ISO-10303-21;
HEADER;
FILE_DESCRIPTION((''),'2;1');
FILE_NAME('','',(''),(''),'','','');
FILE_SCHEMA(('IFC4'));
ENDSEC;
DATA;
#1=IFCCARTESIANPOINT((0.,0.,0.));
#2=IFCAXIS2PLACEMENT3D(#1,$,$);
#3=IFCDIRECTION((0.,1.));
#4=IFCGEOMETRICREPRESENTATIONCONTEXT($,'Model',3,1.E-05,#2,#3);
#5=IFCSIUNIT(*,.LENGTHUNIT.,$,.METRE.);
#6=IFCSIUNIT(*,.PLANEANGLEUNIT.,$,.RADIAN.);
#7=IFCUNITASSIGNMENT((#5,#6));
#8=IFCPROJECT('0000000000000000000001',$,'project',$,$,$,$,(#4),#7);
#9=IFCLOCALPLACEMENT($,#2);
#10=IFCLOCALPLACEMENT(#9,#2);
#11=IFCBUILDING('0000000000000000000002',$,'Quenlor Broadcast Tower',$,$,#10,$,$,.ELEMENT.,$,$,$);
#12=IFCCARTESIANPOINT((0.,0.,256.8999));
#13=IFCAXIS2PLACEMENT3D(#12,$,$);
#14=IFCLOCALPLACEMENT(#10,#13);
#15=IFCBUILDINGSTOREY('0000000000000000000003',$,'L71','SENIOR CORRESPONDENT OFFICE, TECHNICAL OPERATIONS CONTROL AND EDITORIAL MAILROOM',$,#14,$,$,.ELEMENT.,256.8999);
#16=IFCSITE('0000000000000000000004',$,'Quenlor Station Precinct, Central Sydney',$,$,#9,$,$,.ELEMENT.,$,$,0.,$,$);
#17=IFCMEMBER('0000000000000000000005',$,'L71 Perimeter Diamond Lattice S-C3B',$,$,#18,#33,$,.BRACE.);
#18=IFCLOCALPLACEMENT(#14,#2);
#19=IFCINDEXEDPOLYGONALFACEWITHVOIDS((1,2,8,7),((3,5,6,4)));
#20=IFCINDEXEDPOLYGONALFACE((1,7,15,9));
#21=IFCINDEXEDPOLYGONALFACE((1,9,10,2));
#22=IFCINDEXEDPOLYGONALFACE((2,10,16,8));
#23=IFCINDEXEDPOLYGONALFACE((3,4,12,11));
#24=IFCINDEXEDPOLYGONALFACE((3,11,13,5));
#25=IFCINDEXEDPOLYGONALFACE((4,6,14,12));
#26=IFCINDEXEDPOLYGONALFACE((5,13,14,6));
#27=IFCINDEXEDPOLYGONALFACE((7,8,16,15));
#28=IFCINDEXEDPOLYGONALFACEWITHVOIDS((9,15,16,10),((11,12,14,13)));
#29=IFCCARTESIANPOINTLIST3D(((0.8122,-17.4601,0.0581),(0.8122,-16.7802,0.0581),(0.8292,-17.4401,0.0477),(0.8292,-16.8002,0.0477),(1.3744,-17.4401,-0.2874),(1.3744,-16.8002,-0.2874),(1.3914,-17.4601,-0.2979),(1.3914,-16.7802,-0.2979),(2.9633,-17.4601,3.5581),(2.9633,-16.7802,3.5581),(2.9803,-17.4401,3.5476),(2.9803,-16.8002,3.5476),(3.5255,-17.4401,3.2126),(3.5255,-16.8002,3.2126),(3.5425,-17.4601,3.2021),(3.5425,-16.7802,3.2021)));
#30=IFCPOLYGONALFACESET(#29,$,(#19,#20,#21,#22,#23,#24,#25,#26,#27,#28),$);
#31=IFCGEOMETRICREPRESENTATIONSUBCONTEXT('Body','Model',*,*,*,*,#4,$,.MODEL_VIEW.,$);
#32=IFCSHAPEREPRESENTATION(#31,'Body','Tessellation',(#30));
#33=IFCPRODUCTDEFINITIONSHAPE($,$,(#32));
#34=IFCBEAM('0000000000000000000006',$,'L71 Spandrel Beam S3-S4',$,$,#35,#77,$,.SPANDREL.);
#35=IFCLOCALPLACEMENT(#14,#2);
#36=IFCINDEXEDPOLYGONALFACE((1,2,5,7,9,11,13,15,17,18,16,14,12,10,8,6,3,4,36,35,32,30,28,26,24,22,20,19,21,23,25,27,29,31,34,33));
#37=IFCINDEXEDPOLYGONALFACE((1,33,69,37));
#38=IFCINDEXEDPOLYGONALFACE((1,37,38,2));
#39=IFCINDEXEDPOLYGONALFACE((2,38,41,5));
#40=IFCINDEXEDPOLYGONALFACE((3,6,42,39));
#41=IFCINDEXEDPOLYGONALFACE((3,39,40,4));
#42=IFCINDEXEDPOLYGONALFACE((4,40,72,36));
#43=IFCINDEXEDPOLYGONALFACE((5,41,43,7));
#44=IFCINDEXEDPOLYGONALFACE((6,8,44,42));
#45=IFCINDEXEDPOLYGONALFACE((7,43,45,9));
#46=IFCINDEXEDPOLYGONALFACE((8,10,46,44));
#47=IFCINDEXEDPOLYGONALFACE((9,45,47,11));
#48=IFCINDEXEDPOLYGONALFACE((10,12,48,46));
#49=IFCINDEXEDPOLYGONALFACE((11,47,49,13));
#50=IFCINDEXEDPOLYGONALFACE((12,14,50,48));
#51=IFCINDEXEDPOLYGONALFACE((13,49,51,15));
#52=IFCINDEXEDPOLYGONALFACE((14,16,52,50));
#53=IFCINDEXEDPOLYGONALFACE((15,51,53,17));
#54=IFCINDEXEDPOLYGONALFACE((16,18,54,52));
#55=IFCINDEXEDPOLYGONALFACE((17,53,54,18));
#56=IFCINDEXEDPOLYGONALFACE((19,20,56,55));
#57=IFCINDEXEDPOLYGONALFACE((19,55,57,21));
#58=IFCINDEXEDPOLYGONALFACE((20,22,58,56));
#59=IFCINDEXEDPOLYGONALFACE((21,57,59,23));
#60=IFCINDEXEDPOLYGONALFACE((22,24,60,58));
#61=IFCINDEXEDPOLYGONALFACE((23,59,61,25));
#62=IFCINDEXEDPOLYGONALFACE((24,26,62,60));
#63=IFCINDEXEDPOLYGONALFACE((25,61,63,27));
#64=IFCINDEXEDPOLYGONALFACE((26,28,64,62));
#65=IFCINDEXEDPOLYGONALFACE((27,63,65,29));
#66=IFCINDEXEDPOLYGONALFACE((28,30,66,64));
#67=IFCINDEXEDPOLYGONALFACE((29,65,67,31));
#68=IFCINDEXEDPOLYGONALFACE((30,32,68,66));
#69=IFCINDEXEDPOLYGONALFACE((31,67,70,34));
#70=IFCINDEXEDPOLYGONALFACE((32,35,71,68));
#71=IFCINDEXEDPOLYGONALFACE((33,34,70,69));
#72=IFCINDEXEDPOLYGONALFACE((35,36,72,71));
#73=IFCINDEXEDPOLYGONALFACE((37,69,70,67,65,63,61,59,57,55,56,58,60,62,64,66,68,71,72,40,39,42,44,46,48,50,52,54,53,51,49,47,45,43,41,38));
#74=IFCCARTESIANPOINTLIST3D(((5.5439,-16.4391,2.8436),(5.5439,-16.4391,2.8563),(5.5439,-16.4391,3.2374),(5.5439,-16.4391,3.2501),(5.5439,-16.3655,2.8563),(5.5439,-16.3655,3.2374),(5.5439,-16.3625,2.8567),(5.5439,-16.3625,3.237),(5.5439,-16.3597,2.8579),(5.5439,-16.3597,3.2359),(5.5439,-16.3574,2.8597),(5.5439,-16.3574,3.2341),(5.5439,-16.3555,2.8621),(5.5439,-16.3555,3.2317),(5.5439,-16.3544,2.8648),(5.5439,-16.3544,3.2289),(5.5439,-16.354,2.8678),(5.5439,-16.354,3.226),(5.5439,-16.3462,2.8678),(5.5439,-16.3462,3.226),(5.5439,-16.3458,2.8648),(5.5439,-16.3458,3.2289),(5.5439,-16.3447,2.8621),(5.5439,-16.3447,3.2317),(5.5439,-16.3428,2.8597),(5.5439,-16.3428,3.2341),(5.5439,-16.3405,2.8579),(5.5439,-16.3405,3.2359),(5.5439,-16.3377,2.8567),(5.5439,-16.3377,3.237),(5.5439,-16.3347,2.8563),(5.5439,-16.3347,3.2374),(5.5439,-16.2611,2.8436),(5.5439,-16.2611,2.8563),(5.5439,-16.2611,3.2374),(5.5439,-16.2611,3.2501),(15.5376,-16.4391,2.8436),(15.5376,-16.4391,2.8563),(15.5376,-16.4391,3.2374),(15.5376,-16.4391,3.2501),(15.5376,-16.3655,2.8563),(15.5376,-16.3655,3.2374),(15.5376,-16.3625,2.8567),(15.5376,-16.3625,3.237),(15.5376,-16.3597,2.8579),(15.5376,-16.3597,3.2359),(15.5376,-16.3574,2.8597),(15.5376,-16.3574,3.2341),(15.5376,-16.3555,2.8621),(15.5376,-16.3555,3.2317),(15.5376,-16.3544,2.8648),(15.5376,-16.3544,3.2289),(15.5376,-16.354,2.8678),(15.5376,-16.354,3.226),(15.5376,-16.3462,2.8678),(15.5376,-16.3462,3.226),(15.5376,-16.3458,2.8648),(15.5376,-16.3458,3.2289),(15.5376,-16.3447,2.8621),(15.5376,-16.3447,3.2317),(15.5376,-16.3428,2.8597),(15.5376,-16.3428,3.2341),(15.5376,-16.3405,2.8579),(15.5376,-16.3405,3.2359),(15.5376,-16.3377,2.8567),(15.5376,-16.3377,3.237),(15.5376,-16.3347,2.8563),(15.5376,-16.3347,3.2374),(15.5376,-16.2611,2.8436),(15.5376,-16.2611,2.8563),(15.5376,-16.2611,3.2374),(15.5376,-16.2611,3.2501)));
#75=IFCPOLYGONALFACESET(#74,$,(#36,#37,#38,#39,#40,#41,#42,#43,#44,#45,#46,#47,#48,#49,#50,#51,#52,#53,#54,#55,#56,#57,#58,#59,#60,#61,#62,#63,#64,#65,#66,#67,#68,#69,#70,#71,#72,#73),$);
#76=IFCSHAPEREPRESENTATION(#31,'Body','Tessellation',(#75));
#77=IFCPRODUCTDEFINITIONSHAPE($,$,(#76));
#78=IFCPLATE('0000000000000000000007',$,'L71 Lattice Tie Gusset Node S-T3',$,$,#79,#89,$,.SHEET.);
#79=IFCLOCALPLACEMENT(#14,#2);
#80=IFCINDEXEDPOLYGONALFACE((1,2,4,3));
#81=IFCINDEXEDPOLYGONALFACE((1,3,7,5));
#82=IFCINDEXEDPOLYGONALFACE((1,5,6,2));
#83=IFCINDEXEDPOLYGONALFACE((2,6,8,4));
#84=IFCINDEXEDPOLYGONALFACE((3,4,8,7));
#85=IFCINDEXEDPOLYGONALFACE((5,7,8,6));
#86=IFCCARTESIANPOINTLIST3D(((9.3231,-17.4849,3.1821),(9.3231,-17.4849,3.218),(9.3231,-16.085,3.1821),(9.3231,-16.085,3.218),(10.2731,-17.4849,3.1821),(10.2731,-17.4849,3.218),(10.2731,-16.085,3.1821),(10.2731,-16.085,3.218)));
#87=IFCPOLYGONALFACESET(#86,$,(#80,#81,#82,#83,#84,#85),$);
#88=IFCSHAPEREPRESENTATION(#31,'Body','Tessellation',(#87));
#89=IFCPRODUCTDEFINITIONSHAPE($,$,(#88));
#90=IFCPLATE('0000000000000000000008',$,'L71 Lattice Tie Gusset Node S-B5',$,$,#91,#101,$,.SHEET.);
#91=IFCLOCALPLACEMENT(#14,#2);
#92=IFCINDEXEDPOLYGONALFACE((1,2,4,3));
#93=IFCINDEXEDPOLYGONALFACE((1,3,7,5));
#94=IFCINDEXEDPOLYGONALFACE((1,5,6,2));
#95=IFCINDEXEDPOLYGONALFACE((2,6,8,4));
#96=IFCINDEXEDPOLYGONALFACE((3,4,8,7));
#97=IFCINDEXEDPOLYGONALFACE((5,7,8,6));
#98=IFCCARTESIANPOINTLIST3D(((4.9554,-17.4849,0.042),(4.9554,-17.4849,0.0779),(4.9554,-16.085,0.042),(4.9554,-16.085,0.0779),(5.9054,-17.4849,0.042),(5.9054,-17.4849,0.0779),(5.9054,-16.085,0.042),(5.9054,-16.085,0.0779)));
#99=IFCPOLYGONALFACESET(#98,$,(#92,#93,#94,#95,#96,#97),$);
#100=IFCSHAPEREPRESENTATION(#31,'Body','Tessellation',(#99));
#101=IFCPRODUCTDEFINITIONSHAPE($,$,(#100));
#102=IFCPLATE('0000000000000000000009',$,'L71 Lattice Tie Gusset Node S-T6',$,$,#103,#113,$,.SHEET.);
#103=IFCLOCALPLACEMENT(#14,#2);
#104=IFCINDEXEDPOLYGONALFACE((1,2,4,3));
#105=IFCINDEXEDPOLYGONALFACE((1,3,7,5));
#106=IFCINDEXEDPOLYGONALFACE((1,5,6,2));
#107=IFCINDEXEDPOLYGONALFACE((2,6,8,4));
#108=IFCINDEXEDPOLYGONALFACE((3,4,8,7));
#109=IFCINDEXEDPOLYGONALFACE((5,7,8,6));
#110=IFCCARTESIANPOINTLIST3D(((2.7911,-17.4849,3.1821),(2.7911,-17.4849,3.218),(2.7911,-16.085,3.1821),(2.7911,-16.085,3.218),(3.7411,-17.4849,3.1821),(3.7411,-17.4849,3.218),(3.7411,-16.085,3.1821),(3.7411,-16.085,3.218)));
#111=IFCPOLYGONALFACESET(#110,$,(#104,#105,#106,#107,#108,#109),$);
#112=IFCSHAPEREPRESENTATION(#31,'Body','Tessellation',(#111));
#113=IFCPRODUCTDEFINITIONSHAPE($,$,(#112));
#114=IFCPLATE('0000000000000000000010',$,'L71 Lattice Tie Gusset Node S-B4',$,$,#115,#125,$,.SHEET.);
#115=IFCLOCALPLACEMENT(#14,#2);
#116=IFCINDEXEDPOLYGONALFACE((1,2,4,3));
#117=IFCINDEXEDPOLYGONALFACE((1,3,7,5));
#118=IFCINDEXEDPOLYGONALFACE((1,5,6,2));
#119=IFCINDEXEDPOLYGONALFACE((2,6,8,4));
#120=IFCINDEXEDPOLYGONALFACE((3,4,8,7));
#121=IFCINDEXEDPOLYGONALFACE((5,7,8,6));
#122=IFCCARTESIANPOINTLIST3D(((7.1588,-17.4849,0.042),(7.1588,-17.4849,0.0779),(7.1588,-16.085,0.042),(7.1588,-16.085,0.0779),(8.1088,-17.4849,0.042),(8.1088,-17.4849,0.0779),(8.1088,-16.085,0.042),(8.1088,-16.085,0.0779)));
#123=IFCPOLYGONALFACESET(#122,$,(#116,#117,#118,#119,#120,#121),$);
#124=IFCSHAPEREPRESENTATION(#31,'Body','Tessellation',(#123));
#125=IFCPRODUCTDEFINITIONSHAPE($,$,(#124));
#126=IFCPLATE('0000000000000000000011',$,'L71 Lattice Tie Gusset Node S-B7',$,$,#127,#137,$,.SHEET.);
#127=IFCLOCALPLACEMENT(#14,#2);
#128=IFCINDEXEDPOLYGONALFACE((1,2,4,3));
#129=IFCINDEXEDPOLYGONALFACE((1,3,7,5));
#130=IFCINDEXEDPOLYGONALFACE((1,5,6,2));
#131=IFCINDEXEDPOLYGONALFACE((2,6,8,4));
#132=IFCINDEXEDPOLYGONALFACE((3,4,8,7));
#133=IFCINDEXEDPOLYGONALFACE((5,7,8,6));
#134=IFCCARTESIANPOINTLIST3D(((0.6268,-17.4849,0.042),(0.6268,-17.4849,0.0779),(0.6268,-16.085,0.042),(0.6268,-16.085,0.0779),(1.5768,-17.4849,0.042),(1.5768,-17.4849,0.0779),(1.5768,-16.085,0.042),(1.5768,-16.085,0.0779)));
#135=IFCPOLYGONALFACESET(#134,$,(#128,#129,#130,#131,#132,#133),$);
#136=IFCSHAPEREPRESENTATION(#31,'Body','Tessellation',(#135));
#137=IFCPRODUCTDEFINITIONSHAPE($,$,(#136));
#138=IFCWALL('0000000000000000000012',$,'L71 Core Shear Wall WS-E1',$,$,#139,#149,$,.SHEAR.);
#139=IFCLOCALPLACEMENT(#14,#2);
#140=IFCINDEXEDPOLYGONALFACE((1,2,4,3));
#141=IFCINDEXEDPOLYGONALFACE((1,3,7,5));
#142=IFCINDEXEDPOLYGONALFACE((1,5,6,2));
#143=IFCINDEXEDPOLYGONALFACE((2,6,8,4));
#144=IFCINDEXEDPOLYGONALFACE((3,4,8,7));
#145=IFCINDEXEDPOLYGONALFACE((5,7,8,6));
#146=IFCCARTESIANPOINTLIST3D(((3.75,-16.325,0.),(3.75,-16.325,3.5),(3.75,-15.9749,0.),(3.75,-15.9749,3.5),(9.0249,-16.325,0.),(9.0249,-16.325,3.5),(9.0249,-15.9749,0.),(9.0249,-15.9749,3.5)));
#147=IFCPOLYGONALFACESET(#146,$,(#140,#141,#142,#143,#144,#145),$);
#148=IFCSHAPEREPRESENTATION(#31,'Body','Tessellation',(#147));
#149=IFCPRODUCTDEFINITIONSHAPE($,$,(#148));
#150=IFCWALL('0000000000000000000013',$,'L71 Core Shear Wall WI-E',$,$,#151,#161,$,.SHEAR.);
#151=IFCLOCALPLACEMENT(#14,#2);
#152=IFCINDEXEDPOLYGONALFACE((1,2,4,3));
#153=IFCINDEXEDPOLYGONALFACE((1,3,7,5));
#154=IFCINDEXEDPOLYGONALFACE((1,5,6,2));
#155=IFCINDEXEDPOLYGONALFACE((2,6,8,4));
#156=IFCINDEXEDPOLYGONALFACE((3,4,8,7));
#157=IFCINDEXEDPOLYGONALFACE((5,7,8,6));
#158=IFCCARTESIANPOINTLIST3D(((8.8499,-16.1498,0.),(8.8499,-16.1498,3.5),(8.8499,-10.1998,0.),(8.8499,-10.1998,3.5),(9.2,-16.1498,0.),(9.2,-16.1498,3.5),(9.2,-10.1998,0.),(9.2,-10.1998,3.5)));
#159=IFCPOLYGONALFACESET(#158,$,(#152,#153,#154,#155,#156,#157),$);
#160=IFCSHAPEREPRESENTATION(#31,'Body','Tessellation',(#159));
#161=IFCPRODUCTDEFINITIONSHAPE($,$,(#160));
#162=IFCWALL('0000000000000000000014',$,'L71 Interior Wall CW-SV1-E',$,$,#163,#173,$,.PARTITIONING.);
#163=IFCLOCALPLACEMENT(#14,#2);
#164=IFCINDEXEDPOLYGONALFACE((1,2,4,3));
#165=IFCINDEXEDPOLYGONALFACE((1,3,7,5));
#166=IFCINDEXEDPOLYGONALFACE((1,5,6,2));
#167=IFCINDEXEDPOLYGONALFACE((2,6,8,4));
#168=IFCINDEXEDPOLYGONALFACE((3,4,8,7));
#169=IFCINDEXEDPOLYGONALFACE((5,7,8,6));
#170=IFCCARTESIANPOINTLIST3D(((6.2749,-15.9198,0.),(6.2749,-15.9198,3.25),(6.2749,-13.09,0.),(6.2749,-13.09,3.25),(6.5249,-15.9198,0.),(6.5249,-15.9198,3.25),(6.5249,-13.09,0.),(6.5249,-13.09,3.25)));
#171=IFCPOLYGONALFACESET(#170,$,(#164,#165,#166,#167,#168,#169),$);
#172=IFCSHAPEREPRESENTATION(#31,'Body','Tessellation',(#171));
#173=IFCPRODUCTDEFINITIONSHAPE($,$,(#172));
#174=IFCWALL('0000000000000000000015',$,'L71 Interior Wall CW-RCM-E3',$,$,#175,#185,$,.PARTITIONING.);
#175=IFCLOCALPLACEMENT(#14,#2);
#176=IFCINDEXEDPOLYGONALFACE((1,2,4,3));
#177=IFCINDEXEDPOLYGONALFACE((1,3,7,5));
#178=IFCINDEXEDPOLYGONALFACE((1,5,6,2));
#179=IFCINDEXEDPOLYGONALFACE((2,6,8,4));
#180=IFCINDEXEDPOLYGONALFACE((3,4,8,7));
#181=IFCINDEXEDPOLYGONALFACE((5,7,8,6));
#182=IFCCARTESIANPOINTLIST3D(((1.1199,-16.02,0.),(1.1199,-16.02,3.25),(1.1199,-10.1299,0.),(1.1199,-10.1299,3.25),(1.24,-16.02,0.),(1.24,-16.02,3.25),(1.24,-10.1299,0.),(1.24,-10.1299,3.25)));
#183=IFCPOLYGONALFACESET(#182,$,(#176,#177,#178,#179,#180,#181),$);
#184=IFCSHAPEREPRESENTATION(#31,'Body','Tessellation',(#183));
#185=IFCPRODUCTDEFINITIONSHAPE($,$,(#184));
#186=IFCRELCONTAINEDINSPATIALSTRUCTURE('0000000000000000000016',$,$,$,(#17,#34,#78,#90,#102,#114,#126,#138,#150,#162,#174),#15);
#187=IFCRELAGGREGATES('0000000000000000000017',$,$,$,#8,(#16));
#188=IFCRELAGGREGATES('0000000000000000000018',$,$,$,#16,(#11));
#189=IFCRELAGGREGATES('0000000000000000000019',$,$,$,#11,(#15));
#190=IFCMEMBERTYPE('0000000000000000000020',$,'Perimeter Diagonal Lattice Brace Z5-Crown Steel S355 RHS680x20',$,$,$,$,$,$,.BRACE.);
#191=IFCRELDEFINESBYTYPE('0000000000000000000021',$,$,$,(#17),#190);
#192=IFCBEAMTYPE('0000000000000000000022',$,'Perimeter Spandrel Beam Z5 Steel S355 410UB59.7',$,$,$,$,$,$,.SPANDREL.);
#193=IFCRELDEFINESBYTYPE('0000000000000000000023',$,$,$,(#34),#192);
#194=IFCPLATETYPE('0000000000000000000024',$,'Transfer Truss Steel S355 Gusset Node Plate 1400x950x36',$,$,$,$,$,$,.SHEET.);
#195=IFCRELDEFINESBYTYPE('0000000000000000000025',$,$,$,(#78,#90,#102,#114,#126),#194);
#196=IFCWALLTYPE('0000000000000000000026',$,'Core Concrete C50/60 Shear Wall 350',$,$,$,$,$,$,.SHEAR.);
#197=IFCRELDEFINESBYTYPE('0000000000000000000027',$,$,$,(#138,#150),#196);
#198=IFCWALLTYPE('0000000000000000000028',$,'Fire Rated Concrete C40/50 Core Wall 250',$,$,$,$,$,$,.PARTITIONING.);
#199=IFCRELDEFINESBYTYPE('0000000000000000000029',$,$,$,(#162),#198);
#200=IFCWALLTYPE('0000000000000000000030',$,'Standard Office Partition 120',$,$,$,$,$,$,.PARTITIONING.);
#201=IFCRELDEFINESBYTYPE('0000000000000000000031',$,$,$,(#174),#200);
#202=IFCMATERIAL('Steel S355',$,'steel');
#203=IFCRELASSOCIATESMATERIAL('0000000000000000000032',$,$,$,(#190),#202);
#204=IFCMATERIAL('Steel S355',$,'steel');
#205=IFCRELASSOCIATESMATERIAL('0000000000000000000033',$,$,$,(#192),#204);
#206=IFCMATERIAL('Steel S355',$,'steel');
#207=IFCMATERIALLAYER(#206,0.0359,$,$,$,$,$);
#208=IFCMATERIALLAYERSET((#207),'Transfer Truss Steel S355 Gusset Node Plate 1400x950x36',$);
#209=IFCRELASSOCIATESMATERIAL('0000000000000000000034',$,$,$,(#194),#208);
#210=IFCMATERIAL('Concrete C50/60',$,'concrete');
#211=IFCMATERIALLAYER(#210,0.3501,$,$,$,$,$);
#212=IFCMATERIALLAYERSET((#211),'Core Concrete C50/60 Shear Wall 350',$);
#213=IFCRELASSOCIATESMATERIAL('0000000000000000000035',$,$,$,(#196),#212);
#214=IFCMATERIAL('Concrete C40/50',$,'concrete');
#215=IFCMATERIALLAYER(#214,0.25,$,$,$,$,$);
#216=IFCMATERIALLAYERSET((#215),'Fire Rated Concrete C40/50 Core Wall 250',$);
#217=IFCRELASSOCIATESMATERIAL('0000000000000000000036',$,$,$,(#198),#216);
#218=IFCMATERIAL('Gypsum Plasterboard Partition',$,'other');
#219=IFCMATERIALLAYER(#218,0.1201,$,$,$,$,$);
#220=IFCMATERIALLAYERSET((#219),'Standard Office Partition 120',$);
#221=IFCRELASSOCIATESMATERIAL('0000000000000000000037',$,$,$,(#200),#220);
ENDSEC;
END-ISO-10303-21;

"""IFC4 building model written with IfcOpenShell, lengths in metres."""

from ifc_helpers import new_model, si_unit, direction, frame, frame_2d, origin, origin_2d, place, context, subcontext, project, spatial, rectangle, hollow_rectangle, i_section, extrude, material, layer, layer_set, material_profile, profile_set, type_object, element, save


model = new_model("IFC4")

# Units and contexts
model_context = context("Model", 3, precision=1e-05, world=origin(), true_north=direction((0.0, 1.0)))
body_context = subcontext(model_context, "Body", "Model", "MODEL_VIEW")
ifc_project = project(units=[si_unit("LENGTHUNIT", "METRE"), si_unit("PLANEANGLEUNIT", "RADIAN")], contexts=[model_context])

# Site, building, storey
site_placement = place(None, origin())
site = spatial("IfcSite", under=ifc_project, at=site_placement, Name="Quenlor Station Precinct, Central Sydney", CompositionType="ELEMENT", RefElevation=0.0)
building_placement = place(site_placement, origin())
building = spatial("IfcBuilding", under=site, at=building_placement, Name="Quenlor Broadcast Tower", CompositionType="ELEMENT")
storey_placement = place(building_placement, frame((0.0, 0.0, 256.8999)))
storey = spatial("IfcBuildingStorey", under=building, at=storey_placement, Name="L71", Description="SENIOR CORRESPONDENT OFFICE, TECHNICAL OPERATIONS CONTROL AND EDITORIAL MAILROOM", CompositionType="ELEMENT", Elevation=256.8999)

# Member
ifc_material_1 = material(Name="Steel S355", Category="steel")
ifc_material_profile_1 = material_profile(ifc_material_1, hollow_rectangle(XDim=0.6799, YDim=0.6799, WallThickness=0.02, at=origin_2d()))
ifc_profile_set_1 = profile_set([ifc_material_profile_1], Name="Steel S355 RHS680x680x20")
member_type_1 = type_object("IfcMemberType", Name="Perimeter Diagonal Lattice Brace Z5-Crown Steel S355 RHS680x20", PredefinedType="BRACE", material=ifc_profile_set_1)
for number, where, z_axis, x_axis, name in (
    (1, (1.1018, -17.1201, -0.1199), (0.523617, 0.0, 0.851954), (0.0, 1.0, 0.0), "L71 Perimeter Diamond Lattice S-C3B"),
):
    element("IfcMember", number, at=place(storey_placement, frame(where, z_axis=z_axis, x_axis=x_axis)), inside=storey, type_object=member_type_1, Name=name, PredefinedType="BRACE", context=body_context, shape_type="SweptSolid", body=[
        extrude(hollow_rectangle(XDim=0.6799, YDim=0.6799, WallThickness=0.02, at=origin_2d()), origin(), (0.0, 0.0, 1.0), 4.1082),
    ])

# Beam
ifc_material_2 = material(Name="Steel S355", Category="steel")
ifc_material_profile_2 = material_profile(ifc_material_2, i_section(OverallWidth=0.178, OverallDepth=0.4065, WebThickness=0.0078, FlangeThickness=0.0127, FilletRadius=0.0115, at=origin_2d()))
ifc_profile_set_2 = profile_set([ifc_material_profile_2], Name="Steel S355 410UB59.7")
beam_type_1 = type_object("IfcBeamType", Name="Perimeter Spandrel Beam Z5 Steel S355 410UB59.7", PredefinedType="SPANDREL", material=ifc_profile_set_2)
beam_1_placement = place(storey_placement, frame((5.5439, -16.3501, 3.0469), z_axis=(1.0, 0.0, 0.0), x_axis=(0.0, 1.0, 0.0)))
element("IfcBeam", 2, at=beam_1_placement, inside=storey, type_object=beam_type_1, Name="L71 Spandrel Beam S3-S4", PredefinedType="SPANDREL", context=body_context, shape_type="SweptSolid", body=[
    extrude(i_section(OverallWidth=0.178, OverallDepth=0.4065, WebThickness=0.0078, FlangeThickness=0.0127, FilletRadius=0.0115, at=origin_2d()), origin(), (0.0, 0.0, 1.0), 9.9937),
])

# Plates
ifc_material_3 = material(Name="Steel S355", Category="steel")
ifc_layer_1 = layer(ifc_material_3, 0.0359)
ifc_layer_set_1 = layer_set([ifc_layer_1], Name="Transfer Truss Steel S355 Gusset Node Plate 1400x950x36")
plate_type = type_object("IfcPlateType", Name="Transfer Truss Steel S355 Gusset Node Plate 1400x950x36", PredefinedType="SHEET", material=ifc_layer_set_1)
for number, where, z_axis, x_axis, name in (
    (3, (9.7981, -16.7849, 3.1821), (0.0, 0.0, 1.0), (0.0, -1.0, 0.0), "L71 Lattice Tie Gusset Node S-T3"),
    (4, (5.4304, -16.7849, 0.042), (0.0, 0.0, 1.0), (0.0, -1.0, 0.0), "L71 Lattice Tie Gusset Node S-B5"),
    (5, (3.2661, -16.7849, 3.1821), (0.0, 0.0, 1.0), (0.0, -1.0, 0.0), "L71 Lattice Tie Gusset Node S-T6"),
    (6, (7.6338, -16.7849, 0.042), (0.0, 0.0, 1.0), (0.0, -1.0, 0.0), "L71 Lattice Tie Gusset Node S-B4"),
    (7, (1.1018, -16.7849, 0.042), (0.0, 0.0, 1.0), (0.0, -1.0, 0.0), "L71 Lattice Tie Gusset Node S-B7"),
):
    element("IfcPlate", number, at=place(storey_placement, frame(where, z_axis=z_axis, x_axis=x_axis)), inside=storey, type_object=plate_type, Name=name, PredefinedType="SHEET", context=body_context, shape_type="SweptSolid", body=[
        extrude(rectangle(XDim=1.3999, YDim=0.95, at=origin_2d()), origin(), (0.0, 0.0, 1.0), 0.0359),
    ])

# Walls
ifc_material_4 = material(Name="Concrete C50/60", Category="concrete")
ifc_layer_2 = layer(ifc_material_4, 0.3501)
ifc_layer_set_2 = layer_set([ifc_layer_2], Name="Core Concrete C50/60 Shear Wall 350")
wall_type_1 = type_object("IfcWallType", Name="Core Concrete C50/60 Shear Wall 350", PredefinedType="SHEAR", material=ifc_layer_set_2)
wall_1_placement = place(storey_placement, frame((3.75, -16.1499, 0.0), z_axis=(0.0, 0.0, 1.0), x_axis=(1.0, 0.0, 0.0)))
element("IfcWall", 8, at=wall_1_placement, inside=storey, type_object=wall_type_1, Name="L71 Core Shear Wall WS-E1", PredefinedType="SHEAR", context=body_context, shape_type="SweptSolid", body=[
    extrude(rectangle(XDim=5.2749, YDim=0.3501, at=frame_2d((2.6375, 0.0))), origin(), (0.0, 0.0, 1.0), 3.5),
])
wall_2_placement = place(storey_placement, frame((9.0249, -16.1499, 0.0), z_axis=(0.0, 0.0, 1.0), x_axis=(0.0, 1.0, 0.0)))
element("IfcWall", 9, at=wall_2_placement, inside=storey, type_object=wall_type_1, Name="L71 Core Shear Wall WI-E", PredefinedType="SHEAR", context=body_context, shape_type="SweptSolid", body=[
    extrude(rectangle(XDim=5.95, YDim=0.3501, at=frame_2d((2.9751, 0.0))), origin(), (0.0, 0.0, 1.0), 3.5),
])
ifc_material_5 = material(Name="Concrete C40/50", Category="concrete")
ifc_layer_3 = layer(ifc_material_5, 0.25)
ifc_layer_set_3 = layer_set([ifc_layer_3], Name="Fire Rated Concrete C40/50 Core Wall 250")
wall_type_2 = type_object("IfcWallType", Name="Fire Rated Concrete C40/50 Core Wall 250", PredefinedType="PARTITIONING", material=ifc_layer_set_3)
wall_3_placement = place(storey_placement, frame((6.3999, -15.9199, 0.0), z_axis=(0.0, 0.0, 1.0), x_axis=(0.0, 1.0, 0.0)))
element("IfcWall", 10, at=wall_3_placement, inside=storey, type_object=wall_type_2, Name="L71 Interior Wall CW-SV1-E", PredefinedType="PARTITIONING", context=body_context, shape_type="SweptSolid", body=[
    extrude(rectangle(XDim=2.8298, YDim=0.25, at=frame_2d((1.415, 0.0))), origin(), (0.0, 0.0, 1.0), 3.25),
])
ifc_material_6 = material(Name="Gypsum Plasterboard Partition", Category="other")
ifc_layer_4 = layer(ifc_material_6, 0.1201)
ifc_layer_set_4 = layer_set([ifc_layer_4], Name="Standard Office Partition 120")
wall_type_3 = type_object("IfcWallType", Name="Standard Office Partition 120", PredefinedType="PARTITIONING", material=ifc_layer_set_4)
wall_4_placement = place(storey_placement, frame((1.1799, -16.02, 0.0), z_axis=(0.0, 0.0, 1.0), x_axis=(0.0, 1.0, 0.0)))
element("IfcWall", 11, at=wall_4_placement, inside=storey, type_object=wall_type_3, Name="L71 Interior Wall CW-RCM-E3", PredefinedType="PARTITIONING", context=body_context, shape_type="SweptSolid", body=[
    extrude(rectangle(XDim=5.8901, YDim=0.1201, at=frame_2d((2.9451, 0.0))), origin(), (0.0, 0.0, 1.0), 3.25),
])

save(model, "model.ifc")
